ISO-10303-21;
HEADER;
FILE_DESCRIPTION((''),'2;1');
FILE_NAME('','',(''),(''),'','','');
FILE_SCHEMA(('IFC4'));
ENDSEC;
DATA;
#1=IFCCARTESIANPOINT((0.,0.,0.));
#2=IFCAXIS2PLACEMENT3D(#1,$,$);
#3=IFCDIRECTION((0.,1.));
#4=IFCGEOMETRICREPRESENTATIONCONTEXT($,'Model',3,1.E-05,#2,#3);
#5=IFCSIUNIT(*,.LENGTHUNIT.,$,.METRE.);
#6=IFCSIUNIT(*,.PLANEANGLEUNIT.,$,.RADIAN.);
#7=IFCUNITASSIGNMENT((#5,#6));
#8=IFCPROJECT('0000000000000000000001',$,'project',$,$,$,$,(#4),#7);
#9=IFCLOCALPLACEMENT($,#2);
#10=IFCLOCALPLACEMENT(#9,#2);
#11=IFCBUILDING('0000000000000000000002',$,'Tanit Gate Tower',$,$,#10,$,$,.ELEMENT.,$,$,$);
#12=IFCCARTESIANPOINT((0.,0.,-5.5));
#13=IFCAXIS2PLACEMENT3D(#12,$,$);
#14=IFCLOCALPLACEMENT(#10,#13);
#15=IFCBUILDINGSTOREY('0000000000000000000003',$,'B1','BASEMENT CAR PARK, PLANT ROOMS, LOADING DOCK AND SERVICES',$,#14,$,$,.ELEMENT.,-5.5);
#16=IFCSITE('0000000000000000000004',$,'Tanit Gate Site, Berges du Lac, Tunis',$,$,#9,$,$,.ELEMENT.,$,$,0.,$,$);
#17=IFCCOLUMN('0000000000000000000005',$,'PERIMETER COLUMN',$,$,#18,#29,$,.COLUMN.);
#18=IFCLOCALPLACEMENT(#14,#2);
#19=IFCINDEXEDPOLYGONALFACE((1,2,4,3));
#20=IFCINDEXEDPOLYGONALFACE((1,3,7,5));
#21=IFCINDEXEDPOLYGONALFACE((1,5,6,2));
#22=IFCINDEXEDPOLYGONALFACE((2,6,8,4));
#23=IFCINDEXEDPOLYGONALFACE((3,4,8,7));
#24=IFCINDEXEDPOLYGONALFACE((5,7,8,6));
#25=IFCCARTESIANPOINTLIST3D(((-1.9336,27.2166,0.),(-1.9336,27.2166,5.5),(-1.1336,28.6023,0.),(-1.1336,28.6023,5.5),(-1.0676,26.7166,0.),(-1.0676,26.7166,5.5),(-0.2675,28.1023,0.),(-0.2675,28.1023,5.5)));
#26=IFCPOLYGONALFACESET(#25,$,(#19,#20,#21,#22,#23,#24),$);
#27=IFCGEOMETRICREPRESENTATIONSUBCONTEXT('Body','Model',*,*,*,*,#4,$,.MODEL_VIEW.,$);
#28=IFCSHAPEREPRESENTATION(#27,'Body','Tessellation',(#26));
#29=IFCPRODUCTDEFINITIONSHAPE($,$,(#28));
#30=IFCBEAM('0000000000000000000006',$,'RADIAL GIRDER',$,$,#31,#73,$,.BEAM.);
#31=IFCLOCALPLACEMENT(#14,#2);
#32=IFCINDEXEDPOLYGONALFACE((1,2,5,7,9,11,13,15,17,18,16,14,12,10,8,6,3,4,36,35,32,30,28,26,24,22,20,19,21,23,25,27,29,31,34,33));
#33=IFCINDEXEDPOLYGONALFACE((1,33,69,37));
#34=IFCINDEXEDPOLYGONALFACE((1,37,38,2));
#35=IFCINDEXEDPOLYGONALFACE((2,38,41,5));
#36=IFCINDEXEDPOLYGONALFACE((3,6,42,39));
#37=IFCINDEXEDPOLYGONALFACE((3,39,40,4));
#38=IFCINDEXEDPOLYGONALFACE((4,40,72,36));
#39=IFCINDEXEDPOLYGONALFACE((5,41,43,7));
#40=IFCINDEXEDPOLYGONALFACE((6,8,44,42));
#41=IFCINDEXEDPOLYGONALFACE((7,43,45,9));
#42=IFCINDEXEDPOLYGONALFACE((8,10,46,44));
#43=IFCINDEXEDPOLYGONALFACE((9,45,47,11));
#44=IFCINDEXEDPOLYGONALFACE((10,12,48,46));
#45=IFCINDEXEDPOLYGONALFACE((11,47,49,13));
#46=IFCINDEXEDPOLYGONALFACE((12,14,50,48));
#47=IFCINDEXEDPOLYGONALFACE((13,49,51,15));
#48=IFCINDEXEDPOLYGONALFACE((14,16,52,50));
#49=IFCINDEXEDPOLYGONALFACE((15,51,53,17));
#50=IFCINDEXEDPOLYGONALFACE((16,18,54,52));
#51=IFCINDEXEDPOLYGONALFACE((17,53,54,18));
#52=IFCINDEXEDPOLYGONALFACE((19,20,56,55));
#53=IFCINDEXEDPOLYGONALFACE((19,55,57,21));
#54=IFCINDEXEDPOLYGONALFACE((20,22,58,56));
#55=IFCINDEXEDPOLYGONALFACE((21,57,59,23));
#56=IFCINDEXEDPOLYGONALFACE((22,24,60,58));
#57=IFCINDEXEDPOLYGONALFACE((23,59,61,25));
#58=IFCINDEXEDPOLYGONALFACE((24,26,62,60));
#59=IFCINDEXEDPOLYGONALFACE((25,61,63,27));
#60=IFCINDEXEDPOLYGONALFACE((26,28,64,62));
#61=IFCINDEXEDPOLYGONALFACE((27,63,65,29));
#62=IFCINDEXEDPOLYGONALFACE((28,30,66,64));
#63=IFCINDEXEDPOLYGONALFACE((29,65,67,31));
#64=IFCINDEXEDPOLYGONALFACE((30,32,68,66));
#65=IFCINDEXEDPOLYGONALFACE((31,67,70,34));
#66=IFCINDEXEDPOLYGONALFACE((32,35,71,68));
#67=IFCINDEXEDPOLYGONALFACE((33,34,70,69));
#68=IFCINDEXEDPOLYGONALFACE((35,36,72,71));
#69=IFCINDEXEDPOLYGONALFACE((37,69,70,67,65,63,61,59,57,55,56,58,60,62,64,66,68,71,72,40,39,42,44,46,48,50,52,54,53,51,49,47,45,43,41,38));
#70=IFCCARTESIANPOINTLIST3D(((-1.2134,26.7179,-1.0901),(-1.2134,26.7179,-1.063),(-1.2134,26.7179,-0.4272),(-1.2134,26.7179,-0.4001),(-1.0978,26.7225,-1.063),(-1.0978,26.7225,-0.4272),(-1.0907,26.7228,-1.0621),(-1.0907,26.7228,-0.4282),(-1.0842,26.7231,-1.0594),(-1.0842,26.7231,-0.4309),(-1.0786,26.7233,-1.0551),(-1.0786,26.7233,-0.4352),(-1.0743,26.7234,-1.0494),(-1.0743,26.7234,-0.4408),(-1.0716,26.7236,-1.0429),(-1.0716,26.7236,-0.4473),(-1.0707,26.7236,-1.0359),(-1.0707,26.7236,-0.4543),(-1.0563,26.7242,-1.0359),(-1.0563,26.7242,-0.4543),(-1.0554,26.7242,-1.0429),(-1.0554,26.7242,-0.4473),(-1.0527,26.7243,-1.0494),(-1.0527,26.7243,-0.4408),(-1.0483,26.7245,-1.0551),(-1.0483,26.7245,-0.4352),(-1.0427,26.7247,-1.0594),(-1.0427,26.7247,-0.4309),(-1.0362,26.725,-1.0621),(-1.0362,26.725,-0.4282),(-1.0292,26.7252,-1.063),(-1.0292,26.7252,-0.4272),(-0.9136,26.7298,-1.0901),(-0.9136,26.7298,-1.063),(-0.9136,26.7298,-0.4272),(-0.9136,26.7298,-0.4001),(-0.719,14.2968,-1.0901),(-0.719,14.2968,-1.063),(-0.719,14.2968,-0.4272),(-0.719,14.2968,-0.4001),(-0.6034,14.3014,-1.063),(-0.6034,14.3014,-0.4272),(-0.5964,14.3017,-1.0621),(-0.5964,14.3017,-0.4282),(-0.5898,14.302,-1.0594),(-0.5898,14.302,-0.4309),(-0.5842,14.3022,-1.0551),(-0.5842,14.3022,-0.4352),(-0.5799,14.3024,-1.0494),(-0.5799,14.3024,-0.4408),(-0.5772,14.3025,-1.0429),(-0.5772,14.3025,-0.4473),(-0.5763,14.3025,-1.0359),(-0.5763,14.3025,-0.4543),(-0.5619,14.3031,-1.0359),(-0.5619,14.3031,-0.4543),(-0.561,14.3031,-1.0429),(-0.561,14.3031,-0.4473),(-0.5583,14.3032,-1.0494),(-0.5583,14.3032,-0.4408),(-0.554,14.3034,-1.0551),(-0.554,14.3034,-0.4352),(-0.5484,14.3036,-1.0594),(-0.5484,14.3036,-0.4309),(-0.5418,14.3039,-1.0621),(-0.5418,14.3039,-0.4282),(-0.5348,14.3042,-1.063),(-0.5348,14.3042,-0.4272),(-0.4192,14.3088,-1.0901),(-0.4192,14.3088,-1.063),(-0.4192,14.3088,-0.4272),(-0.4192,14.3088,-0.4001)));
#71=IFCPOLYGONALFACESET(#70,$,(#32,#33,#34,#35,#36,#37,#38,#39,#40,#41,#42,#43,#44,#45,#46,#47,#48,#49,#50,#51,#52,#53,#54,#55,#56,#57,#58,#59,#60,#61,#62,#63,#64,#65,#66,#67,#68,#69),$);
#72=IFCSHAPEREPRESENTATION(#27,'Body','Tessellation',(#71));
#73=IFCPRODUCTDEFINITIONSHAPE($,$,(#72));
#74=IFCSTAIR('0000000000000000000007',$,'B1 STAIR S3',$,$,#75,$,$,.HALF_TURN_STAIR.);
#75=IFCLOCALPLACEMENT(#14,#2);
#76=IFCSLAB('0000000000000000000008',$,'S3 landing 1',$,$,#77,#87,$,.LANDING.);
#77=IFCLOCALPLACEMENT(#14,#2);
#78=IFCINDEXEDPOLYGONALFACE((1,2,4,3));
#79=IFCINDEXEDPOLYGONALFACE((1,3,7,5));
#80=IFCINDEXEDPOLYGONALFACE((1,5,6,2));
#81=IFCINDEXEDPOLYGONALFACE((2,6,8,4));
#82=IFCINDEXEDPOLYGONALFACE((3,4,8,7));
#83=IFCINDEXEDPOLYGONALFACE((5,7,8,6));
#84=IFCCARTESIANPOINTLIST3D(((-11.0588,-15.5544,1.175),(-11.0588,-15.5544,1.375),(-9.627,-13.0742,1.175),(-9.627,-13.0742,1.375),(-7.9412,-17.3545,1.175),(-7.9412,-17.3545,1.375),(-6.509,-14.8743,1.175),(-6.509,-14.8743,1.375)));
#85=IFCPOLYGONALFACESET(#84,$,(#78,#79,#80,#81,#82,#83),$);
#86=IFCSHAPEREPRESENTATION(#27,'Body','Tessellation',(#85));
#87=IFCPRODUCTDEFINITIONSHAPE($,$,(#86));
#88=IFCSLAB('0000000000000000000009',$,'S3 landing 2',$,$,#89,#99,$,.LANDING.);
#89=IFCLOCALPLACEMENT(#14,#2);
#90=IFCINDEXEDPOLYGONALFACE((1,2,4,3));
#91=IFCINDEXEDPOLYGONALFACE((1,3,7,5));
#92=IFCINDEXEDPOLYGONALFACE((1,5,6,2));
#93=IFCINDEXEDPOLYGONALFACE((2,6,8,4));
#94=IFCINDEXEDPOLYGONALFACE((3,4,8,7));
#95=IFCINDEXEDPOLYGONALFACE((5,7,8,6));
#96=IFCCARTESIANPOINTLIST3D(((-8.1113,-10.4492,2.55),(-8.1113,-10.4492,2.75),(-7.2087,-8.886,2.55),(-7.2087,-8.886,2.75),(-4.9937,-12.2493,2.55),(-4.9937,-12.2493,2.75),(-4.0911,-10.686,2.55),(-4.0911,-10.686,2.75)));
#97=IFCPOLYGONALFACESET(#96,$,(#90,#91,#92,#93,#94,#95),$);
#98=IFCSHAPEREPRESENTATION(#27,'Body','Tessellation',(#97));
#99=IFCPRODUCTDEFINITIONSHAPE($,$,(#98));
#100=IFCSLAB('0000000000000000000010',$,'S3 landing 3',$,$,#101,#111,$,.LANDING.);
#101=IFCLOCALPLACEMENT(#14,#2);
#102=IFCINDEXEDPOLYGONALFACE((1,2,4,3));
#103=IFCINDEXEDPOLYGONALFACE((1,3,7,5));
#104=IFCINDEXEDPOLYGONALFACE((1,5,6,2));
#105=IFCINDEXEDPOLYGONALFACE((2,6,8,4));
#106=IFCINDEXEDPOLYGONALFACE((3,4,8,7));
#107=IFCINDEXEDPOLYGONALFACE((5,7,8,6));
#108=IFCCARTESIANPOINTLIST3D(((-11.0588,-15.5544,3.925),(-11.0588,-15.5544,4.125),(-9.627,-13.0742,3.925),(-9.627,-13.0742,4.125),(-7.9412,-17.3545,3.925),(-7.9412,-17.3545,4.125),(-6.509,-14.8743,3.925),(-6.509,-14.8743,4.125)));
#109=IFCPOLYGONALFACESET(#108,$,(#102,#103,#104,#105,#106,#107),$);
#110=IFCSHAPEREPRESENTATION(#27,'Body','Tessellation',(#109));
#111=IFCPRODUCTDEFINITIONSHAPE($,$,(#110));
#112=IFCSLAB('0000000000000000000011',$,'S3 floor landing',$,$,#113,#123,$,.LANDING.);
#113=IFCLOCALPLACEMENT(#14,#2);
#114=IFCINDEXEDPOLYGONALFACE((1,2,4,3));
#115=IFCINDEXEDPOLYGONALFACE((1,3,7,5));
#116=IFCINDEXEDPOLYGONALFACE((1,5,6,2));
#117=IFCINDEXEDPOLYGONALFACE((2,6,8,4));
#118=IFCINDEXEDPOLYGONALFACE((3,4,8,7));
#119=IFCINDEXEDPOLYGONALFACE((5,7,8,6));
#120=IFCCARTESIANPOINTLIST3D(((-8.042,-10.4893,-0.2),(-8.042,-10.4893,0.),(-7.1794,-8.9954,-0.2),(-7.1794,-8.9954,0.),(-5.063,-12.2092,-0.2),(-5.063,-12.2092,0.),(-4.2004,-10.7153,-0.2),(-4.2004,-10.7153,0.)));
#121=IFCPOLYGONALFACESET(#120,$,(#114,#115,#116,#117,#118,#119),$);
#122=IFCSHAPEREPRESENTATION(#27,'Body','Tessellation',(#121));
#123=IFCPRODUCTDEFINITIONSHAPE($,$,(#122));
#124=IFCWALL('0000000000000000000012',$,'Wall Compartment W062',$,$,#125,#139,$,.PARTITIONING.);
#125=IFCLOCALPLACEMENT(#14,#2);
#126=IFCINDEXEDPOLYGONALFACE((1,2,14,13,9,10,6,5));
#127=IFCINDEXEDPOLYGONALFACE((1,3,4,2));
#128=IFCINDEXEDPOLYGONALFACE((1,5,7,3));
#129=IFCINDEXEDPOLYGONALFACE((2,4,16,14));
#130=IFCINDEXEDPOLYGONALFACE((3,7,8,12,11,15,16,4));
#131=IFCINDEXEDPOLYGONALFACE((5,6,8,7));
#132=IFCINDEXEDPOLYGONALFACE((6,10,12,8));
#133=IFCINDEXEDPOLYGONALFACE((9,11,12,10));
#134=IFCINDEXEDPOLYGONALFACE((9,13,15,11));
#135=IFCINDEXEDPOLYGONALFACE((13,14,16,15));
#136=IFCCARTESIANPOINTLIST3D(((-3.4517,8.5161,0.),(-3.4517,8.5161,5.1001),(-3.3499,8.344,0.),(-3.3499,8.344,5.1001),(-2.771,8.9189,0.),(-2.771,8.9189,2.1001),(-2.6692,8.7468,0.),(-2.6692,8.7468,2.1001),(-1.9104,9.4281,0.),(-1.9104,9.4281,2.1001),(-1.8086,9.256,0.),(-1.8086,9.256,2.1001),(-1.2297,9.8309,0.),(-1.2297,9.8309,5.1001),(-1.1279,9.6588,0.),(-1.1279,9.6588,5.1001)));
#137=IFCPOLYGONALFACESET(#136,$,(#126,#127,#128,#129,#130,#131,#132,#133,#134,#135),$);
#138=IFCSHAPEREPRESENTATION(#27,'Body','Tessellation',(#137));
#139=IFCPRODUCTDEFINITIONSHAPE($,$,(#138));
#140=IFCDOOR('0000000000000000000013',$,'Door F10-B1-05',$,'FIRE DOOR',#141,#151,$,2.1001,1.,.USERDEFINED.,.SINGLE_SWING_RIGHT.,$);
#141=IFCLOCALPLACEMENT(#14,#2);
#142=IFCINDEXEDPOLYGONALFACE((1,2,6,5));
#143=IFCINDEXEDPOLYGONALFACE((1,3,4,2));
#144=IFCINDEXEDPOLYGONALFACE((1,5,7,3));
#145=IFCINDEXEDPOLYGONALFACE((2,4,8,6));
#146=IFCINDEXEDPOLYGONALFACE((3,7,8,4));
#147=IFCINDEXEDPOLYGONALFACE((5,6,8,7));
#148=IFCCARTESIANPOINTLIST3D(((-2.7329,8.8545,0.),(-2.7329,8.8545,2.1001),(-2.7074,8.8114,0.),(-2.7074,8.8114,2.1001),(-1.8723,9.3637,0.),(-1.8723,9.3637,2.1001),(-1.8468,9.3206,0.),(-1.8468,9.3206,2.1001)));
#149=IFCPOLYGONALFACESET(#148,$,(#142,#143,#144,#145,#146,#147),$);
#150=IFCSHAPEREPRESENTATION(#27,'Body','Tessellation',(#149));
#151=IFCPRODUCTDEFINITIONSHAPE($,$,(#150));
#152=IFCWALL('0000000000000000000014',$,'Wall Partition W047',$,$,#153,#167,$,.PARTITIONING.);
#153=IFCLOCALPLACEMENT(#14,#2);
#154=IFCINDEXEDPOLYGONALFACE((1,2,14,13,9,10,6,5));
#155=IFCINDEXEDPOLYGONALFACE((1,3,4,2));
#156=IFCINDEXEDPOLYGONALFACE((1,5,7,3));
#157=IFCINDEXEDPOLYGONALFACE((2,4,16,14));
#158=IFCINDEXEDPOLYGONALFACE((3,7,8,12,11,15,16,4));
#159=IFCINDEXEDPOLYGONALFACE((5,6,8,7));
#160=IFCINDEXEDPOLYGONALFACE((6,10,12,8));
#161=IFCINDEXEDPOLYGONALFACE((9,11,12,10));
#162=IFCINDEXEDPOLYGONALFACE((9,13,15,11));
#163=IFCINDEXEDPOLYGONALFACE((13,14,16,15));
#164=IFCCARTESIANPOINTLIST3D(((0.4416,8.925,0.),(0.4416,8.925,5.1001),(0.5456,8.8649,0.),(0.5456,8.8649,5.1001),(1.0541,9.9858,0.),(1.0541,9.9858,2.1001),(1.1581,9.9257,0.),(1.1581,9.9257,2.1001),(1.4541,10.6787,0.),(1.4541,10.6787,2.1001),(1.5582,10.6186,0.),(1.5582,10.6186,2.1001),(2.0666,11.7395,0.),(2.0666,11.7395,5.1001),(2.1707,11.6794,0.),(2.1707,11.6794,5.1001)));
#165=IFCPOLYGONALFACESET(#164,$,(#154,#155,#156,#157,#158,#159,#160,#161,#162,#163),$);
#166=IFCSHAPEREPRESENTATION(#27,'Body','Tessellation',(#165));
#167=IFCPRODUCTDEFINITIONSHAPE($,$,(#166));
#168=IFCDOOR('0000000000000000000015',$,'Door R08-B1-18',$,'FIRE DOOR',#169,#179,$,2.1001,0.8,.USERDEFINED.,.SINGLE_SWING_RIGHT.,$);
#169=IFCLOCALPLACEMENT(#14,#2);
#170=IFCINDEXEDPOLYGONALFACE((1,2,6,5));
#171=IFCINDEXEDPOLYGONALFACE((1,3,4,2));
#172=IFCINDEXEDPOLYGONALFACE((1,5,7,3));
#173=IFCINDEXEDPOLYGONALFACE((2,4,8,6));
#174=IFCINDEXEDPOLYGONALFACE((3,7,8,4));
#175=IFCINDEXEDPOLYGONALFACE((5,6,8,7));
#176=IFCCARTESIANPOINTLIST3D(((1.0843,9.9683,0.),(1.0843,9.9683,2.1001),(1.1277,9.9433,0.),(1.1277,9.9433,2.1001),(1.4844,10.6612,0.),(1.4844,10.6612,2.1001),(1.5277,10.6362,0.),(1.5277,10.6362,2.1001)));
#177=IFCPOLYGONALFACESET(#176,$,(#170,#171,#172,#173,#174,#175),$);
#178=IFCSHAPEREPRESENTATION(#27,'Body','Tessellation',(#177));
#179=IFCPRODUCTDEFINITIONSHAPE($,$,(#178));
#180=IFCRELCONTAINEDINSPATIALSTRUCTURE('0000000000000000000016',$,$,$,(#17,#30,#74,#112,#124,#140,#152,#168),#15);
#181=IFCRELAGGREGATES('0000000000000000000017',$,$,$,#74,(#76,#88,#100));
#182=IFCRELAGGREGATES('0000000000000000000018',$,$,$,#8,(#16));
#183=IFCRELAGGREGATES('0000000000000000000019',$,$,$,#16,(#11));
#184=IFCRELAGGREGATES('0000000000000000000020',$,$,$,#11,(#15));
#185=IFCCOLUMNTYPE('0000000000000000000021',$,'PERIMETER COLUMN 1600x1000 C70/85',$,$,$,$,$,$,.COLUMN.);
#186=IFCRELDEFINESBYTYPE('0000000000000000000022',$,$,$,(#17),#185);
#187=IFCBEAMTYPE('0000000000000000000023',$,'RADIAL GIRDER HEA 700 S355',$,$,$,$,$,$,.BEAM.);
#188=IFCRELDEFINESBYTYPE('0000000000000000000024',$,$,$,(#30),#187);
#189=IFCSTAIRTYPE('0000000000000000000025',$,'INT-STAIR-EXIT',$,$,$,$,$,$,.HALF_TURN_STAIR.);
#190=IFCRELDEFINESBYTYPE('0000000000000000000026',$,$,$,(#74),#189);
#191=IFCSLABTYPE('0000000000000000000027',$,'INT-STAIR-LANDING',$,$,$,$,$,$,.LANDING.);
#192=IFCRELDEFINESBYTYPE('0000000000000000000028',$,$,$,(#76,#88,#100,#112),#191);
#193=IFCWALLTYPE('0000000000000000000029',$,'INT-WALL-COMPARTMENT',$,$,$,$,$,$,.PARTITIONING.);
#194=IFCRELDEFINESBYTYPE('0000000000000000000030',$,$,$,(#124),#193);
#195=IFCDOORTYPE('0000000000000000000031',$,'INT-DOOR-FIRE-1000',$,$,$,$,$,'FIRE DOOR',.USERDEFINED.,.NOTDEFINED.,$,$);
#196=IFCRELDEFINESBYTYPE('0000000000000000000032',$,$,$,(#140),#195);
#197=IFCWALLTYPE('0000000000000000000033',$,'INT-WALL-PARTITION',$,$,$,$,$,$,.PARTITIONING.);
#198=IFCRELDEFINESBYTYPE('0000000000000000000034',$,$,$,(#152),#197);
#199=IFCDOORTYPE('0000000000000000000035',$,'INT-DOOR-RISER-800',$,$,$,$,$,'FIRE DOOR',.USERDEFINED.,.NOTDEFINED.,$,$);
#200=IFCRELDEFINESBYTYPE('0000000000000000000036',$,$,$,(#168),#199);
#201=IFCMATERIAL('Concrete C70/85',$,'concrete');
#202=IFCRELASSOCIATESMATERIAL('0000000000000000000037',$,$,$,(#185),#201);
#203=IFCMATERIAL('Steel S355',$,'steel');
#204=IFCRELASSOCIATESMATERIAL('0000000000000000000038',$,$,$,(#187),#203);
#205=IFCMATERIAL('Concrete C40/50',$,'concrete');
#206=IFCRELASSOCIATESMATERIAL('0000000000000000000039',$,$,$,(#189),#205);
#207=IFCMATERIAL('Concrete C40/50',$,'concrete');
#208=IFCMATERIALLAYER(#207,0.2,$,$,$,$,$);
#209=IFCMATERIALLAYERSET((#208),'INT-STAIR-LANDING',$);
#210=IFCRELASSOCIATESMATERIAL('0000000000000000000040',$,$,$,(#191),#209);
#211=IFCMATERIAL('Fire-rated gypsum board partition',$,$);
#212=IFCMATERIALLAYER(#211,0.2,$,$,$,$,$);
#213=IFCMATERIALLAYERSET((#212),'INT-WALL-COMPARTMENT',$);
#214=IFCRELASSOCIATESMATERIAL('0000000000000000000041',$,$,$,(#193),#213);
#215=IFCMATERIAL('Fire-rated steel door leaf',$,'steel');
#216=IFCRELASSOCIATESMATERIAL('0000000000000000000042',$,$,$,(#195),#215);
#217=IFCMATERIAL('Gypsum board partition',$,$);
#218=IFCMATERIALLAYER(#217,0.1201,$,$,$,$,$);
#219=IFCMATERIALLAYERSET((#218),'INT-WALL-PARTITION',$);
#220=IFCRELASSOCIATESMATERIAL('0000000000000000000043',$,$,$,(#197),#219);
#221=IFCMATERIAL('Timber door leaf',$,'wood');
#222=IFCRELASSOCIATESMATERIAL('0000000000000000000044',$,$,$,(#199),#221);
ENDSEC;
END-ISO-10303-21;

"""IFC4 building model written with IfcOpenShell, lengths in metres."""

from ifc_helpers import new_model, si_unit, direction, frame, frame_2d, origin, origin_2d, place, context, subcontext, project, spatial, polyline, rectangle, i_section, outline, extrude, material, layer, layer_set, material_profile, profile_set, type_object, element, fill, aggregate, save


model = new_model("IFC4")

# Units and contexts
model_context = context("Model", 3, precision=1e-05, world=origin(), true_north=direction((0.0, 1.0)))
body_context = subcontext(model_context, "Body", "Model", "MODEL_VIEW")
ifc_project = project(units=[si_unit("LENGTHUNIT", "METRE"), si_unit("PLANEANGLEUNIT", "RADIAN")], contexts=[model_context])

# Site, building, storey
site_placement = place(None, origin())
site = spatial("IfcSite", under=ifc_project, at=site_placement, Name="Tanit Gate Site, Berges du Lac, Tunis", CompositionType="ELEMENT", RefElevation=0.0)
building_placement = place(site_placement, origin())
building = spatial("IfcBuilding", under=site, at=building_placement, Name="Tanit Gate Tower", CompositionType="ELEMENT")
storey_placement = place(building_placement, frame((0.0, 0.0, -5.5)))
storey = spatial("IfcBuildingStorey", under=building, at=storey_placement, Name="B1", Description="BASEMENT CAR PARK, PLANT ROOMS, LOADING DOCK AND SERVICES", CompositionType="ELEMENT", Elevation=-5.5)

# Column
ifc_material_1 = material(Name="Concrete C70/85", Category="concrete")
ifc_material_profile_1 = material_profile(ifc_material_1, rectangle(XDim=1.6001, YDim=1.0, at=origin_2d()), Name="RC 1600x1000")
ifc_profile_set_1 = profile_set([ifc_material_profile_1], Name="Concrete C70/85")
column_type = type_object("IfcColumnType", Name="PERIMETER COLUMN 1600x1000 C70/85", PredefinedType="COLUMN", material=ifc_profile_set_1)
column_placement = place(storey_placement, frame((-1.1006, 27.6594, 0.0), z_axis=(0.0, 0.0, 1.0), x_axis=(0.5, 0.866025, 0.0)))
element("IfcColumn", 1, at=column_placement, inside=storey, type_object=column_type, Name="PERIMETER COLUMN", PredefinedType="COLUMN", context=body_context, shape_type="SweptSolid", body=[
    extrude(rectangle(XDim=1.6001, YDim=1.0, at=origin_2d()), origin(), (0.0, 0.0, 1.0), 5.5),
])

# Beam
ifc_material_2 = material(Name="Steel S355", Category="steel")
ifc_material_profile_2 = material_profile(ifc_material_2, i_section(OverallWidth=0.3, OverallDepth=0.6899, WebThickness=0.0144, FlangeThickness=0.0271, FilletRadius=0.0271, at=origin_2d()), Name="HEA 700")
ifc_profile_set_2 = profile_set([ifc_material_profile_2], Name="Steel S355")
beam_type = type_object("IfcBeamType", Name="RADIAL GIRDER HEA 700 S355", PredefinedType="BEAM", material=ifc_profile_set_2)
beam_placement = place(storey_placement, frame((-1.0635, 26.7239, -0.7451), z_axis=(0.03977, -0.999209, 0.0), x_axis=(0.999209, 0.03977, 0.0)))
element("IfcBeam", 2, at=beam_placement, inside=storey, type_object=beam_type, Name="RADIAL GIRDER", PredefinedType="BEAM", context=body_context, shape_type="SweptSolid", body=[
    extrude(i_section(OverallWidth=0.3, OverallDepth=0.6899, WebThickness=0.0144, FlangeThickness=0.0271, FilletRadius=0.0271, at=origin_2d()), origin(), (0.0, 0.0, 1.0), 12.4309),
])

# Stair, slabs
ifc_material_3 = material(Name="Concrete C40/50", Category="concrete")
stair_type = type_object("IfcStairType", Name="INT-STAIR-EXIT", PredefinedType="HALF_TURN_STAIR", material=ifc_material_3)
stair_placement = place(storey_placement, origin())
stair = element("IfcStair", 3, at=stair_placement, inside=storey, type_object=stair_type, Name="B1 STAIR S3", PredefinedType="HALF_TURN_STAIR")
ifc_material_4 = material(Name="Concrete C40/50", Category="concrete")
ifc_layer_1 = layer(ifc_material_4, 0.2)
ifc_layer_set_1 = layer_set([ifc_layer_1], Name="INT-STAIR-LANDING")
slab_type = type_object("IfcSlabType", Name="INT-STAIR-LANDING", PredefinedType="LANDING", material=ifc_layer_set_1)
slab_1_placement = place(storey_placement, frame((0.0, 0.0, 1.175)))
slab_1 = element("IfcSlab", 4, at=slab_1_placement, type_object=slab_type, Name="S3 landing 1", PredefinedType="LANDING", context=body_context, shape_type="SweptSolid", body=[
    extrude(outline(polyline([(-9.627, -13.0742), (-11.0588, -15.5544), (-7.9412, -17.3545), (-6.509, -14.8743), (-9.627, -13.0742)])), origin(), (0.0, 0.0, 1.0), 0.2),
])
slab_2_placement = place(storey_placement, frame((0.0, 0.0, 2.55)))
slab_2 = element("IfcSlab", 5, at=slab_2_placement, type_object=slab_type, Name="S3 landing 2", PredefinedType="LANDING", context=body_context, shape_type="SweptSolid", body=[
    extrude(outline(polyline([(-7.2087, -8.886), (-8.1113, -10.4492), (-4.9937, -12.2493), (-4.0911, -10.686), (-7.2087, -8.886)])), origin(), (0.0, 0.0, 1.0), 0.2),
])
slab_3_placement = place(storey_placement, frame((0.0, 0.0, 3.925)))
slab_3 = element("IfcSlab", 6, at=slab_3_placement, type_object=slab_type, Name="S3 landing 3", PredefinedType="LANDING", context=body_context, shape_type="SweptSolid", body=[
    extrude(outline(polyline([(-9.627, -13.0742), (-11.0588, -15.5544), (-7.9412, -17.3545), (-6.509, -14.8743), (-9.627, -13.0742)])), origin(), (0.0, 0.0, 1.0), 0.2),
])
aggregate(stair, [slab_1, slab_2, slab_3])

# Slab
slab_4_placement = place(storey_placement, frame((0.0, 0.0, -0.2)))
element("IfcSlab", 7, at=slab_4_placement, inside=storey, type_object=slab_type, Name="S3 floor landing", PredefinedType="LANDING", context=body_context, shape_type="SweptSolid", body=[
    extrude(outline(polyline([(-7.1794, -8.9954), (-8.042, -10.4893), (-5.063, -12.2092), (-4.2004, -10.7153), (-7.1794, -8.9954)])), origin(), (0.0, 0.0, 1.0), 0.2),
])

# Walls, openings, doors
ifc_material_5 = material(Name="Fire-rated gypsum board partition")
ifc_layer_2 = layer(ifc_material_5, 0.2)
ifc_layer_set_2 = layer_set([ifc_layer_2], Name="INT-WALL-COMPARTMENT")
wall_type_1 = type_object("IfcWallType", Name="INT-WALL-COMPARTMENT", PredefinedType="PARTITIONING", material=ifc_layer_set_2)
wall_1_placement = place(storey_placement, frame((-1.1787, 9.7449, 0.0), z_axis=(0.0, 0.0, 1.0), x_axis=(-0.860631, -0.509229, 0.0)))
wall_1 = element("IfcWall", 8, at=wall_1_placement, inside=storey, type_object=wall_type_1, Name="Wall Compartment W062", PredefinedType="PARTITIONING", context=body_context, shape_type="SweptSolid", body=[
    extrude(rectangle(XDim=2.5818, YDim=0.2, at=frame_2d((1.291, 0.0))), origin(), (0.0, 0.0, 1.0), 5.1001),
])
opening_1_placement = place(wall_1_placement, frame((0.791, 0.0, 0.0)))
opening_1 = element("IfcOpeningElement", 9, at=opening_1_placement, cuts=wall_1, PredefinedType="OPENING", context=body_context, shape_type="SweptSolid", body=[
    extrude(rectangle(XDim=1.0, YDim=2.1001, at=frame_2d((0.5, 1.05))), frame((0.0, 0.1099, 0.0), z_axis=(0.0, -1.0, 0.0), x_axis=(1.0, 0.0, 0.0)), (0.0, 0.0, 1.0), 0.22),
])
ifc_material_6 = material(Name="Fire-rated steel door leaf", Category="steel")
door_type_1 = type_object("IfcDoorType", Name="INT-DOOR-FIRE-1000", ElementType="FIRE DOOR", OperationType="NOTDEFINED", PredefinedType="USERDEFINED", material=ifc_material_6)
door_1_placement = place(opening_1_placement, origin())
door_1 = element("IfcDoor", 10, at=door_1_placement, inside=storey, type_object=door_type_1, Name="Door F10-B1-05", ObjectType="FIRE DOOR", OperationType="SINGLE_SWING_RIGHT", OverallHeight=2.1001, OverallWidth=1.0, PredefinedType="USERDEFINED", context=body_context, shape_type="SweptSolid", body=[
    extrude(rectangle(XDim=1.0, YDim=2.1001, at=frame_2d((0.5, 1.05))), frame((0.0, 0.0249, 0.0), z_axis=(0.0, -1.0, 0.0), x_axis=(1.0, 0.0, 0.0)), (0.0, 0.0, 1.0), 0.05),
])
fill(opening_1, door_1)
ifc_material_7 = material(Name="Gypsum board partition")
ifc_layer_3 = layer(ifc_material_7, 0.1201)
ifc_layer_set_3 = layer_set([ifc_layer_3], Name="INT-WALL-PARTITION")
wall_type_2 = type_object("IfcWallType", Name="INT-WALL-PARTITION", PredefinedType="PARTITIONING", material=ifc_layer_set_3)
wall_2_placement = place(storey_placement, frame((2.1187, 11.7095, 0.0), z_axis=(0.0, 0.0, 1.0), x_axis=(-0.500017, -0.866015, 0.0)))
wall_2 = element("IfcWall", 11, at=wall_2_placement, inside=storey, type_object=wall_type_2, Name="Wall Partition W047", PredefinedType="PARTITIONING", context=body_context, shape_type="SweptSolid", body=[
    extrude(rectangle(XDim=3.25, YDim=0.1201, at=frame_2d((1.625, 0.0))), origin(), (0.0, 0.0, 1.0), 5.1001),
])
opening_2_placement = place(wall_2_placement, frame((1.2251, 0.0, 0.0)))
opening_2 = element("IfcOpeningElement", 12, at=opening_2_placement, cuts=wall_2, PredefinedType="OPENING", context=body_context, shape_type="SweptSolid", body=[
    extrude(rectangle(XDim=0.8, YDim=2.1001, at=frame_2d((0.3999, 1.05))), frame((0.0, 0.0701, 0.0), z_axis=(0.0, -1.0, 0.0), x_axis=(1.0, 0.0, 0.0)), (0.0, 0.0, 1.0), 0.1401),
])
ifc_material_8 = material(Name="Timber door leaf", Category="wood")
door_type_2 = type_object("IfcDoorType", Name="INT-DOOR-RISER-800", ElementType="FIRE DOOR", OperationType="NOTDEFINED", PredefinedType="USERDEFINED", material=ifc_material_8)
door_2_placement = place(opening_2_placement, origin())
door_2 = element("IfcDoor", 13, at=door_2_placement, inside=storey, type_object=door_type_2, Name="Door R08-B1-18", ObjectType="FIRE DOOR", OperationType="SINGLE_SWING_RIGHT", OverallHeight=2.1001, OverallWidth=0.8, PredefinedType="USERDEFINED", context=body_context, shape_type="SweptSolid", body=[
    extrude(rectangle(XDim=0.8, YDim=2.1001, at=frame_2d((0.3999, 1.05))), frame((0.0, 0.0249, 0.0), z_axis=(0.0, -1.0, 0.0), x_axis=(1.0, 0.0, 0.0)), (0.0, 0.0, 1.0), 0.05),
])
fill(opening_2, door_2)

save(model, "model.ifc")
